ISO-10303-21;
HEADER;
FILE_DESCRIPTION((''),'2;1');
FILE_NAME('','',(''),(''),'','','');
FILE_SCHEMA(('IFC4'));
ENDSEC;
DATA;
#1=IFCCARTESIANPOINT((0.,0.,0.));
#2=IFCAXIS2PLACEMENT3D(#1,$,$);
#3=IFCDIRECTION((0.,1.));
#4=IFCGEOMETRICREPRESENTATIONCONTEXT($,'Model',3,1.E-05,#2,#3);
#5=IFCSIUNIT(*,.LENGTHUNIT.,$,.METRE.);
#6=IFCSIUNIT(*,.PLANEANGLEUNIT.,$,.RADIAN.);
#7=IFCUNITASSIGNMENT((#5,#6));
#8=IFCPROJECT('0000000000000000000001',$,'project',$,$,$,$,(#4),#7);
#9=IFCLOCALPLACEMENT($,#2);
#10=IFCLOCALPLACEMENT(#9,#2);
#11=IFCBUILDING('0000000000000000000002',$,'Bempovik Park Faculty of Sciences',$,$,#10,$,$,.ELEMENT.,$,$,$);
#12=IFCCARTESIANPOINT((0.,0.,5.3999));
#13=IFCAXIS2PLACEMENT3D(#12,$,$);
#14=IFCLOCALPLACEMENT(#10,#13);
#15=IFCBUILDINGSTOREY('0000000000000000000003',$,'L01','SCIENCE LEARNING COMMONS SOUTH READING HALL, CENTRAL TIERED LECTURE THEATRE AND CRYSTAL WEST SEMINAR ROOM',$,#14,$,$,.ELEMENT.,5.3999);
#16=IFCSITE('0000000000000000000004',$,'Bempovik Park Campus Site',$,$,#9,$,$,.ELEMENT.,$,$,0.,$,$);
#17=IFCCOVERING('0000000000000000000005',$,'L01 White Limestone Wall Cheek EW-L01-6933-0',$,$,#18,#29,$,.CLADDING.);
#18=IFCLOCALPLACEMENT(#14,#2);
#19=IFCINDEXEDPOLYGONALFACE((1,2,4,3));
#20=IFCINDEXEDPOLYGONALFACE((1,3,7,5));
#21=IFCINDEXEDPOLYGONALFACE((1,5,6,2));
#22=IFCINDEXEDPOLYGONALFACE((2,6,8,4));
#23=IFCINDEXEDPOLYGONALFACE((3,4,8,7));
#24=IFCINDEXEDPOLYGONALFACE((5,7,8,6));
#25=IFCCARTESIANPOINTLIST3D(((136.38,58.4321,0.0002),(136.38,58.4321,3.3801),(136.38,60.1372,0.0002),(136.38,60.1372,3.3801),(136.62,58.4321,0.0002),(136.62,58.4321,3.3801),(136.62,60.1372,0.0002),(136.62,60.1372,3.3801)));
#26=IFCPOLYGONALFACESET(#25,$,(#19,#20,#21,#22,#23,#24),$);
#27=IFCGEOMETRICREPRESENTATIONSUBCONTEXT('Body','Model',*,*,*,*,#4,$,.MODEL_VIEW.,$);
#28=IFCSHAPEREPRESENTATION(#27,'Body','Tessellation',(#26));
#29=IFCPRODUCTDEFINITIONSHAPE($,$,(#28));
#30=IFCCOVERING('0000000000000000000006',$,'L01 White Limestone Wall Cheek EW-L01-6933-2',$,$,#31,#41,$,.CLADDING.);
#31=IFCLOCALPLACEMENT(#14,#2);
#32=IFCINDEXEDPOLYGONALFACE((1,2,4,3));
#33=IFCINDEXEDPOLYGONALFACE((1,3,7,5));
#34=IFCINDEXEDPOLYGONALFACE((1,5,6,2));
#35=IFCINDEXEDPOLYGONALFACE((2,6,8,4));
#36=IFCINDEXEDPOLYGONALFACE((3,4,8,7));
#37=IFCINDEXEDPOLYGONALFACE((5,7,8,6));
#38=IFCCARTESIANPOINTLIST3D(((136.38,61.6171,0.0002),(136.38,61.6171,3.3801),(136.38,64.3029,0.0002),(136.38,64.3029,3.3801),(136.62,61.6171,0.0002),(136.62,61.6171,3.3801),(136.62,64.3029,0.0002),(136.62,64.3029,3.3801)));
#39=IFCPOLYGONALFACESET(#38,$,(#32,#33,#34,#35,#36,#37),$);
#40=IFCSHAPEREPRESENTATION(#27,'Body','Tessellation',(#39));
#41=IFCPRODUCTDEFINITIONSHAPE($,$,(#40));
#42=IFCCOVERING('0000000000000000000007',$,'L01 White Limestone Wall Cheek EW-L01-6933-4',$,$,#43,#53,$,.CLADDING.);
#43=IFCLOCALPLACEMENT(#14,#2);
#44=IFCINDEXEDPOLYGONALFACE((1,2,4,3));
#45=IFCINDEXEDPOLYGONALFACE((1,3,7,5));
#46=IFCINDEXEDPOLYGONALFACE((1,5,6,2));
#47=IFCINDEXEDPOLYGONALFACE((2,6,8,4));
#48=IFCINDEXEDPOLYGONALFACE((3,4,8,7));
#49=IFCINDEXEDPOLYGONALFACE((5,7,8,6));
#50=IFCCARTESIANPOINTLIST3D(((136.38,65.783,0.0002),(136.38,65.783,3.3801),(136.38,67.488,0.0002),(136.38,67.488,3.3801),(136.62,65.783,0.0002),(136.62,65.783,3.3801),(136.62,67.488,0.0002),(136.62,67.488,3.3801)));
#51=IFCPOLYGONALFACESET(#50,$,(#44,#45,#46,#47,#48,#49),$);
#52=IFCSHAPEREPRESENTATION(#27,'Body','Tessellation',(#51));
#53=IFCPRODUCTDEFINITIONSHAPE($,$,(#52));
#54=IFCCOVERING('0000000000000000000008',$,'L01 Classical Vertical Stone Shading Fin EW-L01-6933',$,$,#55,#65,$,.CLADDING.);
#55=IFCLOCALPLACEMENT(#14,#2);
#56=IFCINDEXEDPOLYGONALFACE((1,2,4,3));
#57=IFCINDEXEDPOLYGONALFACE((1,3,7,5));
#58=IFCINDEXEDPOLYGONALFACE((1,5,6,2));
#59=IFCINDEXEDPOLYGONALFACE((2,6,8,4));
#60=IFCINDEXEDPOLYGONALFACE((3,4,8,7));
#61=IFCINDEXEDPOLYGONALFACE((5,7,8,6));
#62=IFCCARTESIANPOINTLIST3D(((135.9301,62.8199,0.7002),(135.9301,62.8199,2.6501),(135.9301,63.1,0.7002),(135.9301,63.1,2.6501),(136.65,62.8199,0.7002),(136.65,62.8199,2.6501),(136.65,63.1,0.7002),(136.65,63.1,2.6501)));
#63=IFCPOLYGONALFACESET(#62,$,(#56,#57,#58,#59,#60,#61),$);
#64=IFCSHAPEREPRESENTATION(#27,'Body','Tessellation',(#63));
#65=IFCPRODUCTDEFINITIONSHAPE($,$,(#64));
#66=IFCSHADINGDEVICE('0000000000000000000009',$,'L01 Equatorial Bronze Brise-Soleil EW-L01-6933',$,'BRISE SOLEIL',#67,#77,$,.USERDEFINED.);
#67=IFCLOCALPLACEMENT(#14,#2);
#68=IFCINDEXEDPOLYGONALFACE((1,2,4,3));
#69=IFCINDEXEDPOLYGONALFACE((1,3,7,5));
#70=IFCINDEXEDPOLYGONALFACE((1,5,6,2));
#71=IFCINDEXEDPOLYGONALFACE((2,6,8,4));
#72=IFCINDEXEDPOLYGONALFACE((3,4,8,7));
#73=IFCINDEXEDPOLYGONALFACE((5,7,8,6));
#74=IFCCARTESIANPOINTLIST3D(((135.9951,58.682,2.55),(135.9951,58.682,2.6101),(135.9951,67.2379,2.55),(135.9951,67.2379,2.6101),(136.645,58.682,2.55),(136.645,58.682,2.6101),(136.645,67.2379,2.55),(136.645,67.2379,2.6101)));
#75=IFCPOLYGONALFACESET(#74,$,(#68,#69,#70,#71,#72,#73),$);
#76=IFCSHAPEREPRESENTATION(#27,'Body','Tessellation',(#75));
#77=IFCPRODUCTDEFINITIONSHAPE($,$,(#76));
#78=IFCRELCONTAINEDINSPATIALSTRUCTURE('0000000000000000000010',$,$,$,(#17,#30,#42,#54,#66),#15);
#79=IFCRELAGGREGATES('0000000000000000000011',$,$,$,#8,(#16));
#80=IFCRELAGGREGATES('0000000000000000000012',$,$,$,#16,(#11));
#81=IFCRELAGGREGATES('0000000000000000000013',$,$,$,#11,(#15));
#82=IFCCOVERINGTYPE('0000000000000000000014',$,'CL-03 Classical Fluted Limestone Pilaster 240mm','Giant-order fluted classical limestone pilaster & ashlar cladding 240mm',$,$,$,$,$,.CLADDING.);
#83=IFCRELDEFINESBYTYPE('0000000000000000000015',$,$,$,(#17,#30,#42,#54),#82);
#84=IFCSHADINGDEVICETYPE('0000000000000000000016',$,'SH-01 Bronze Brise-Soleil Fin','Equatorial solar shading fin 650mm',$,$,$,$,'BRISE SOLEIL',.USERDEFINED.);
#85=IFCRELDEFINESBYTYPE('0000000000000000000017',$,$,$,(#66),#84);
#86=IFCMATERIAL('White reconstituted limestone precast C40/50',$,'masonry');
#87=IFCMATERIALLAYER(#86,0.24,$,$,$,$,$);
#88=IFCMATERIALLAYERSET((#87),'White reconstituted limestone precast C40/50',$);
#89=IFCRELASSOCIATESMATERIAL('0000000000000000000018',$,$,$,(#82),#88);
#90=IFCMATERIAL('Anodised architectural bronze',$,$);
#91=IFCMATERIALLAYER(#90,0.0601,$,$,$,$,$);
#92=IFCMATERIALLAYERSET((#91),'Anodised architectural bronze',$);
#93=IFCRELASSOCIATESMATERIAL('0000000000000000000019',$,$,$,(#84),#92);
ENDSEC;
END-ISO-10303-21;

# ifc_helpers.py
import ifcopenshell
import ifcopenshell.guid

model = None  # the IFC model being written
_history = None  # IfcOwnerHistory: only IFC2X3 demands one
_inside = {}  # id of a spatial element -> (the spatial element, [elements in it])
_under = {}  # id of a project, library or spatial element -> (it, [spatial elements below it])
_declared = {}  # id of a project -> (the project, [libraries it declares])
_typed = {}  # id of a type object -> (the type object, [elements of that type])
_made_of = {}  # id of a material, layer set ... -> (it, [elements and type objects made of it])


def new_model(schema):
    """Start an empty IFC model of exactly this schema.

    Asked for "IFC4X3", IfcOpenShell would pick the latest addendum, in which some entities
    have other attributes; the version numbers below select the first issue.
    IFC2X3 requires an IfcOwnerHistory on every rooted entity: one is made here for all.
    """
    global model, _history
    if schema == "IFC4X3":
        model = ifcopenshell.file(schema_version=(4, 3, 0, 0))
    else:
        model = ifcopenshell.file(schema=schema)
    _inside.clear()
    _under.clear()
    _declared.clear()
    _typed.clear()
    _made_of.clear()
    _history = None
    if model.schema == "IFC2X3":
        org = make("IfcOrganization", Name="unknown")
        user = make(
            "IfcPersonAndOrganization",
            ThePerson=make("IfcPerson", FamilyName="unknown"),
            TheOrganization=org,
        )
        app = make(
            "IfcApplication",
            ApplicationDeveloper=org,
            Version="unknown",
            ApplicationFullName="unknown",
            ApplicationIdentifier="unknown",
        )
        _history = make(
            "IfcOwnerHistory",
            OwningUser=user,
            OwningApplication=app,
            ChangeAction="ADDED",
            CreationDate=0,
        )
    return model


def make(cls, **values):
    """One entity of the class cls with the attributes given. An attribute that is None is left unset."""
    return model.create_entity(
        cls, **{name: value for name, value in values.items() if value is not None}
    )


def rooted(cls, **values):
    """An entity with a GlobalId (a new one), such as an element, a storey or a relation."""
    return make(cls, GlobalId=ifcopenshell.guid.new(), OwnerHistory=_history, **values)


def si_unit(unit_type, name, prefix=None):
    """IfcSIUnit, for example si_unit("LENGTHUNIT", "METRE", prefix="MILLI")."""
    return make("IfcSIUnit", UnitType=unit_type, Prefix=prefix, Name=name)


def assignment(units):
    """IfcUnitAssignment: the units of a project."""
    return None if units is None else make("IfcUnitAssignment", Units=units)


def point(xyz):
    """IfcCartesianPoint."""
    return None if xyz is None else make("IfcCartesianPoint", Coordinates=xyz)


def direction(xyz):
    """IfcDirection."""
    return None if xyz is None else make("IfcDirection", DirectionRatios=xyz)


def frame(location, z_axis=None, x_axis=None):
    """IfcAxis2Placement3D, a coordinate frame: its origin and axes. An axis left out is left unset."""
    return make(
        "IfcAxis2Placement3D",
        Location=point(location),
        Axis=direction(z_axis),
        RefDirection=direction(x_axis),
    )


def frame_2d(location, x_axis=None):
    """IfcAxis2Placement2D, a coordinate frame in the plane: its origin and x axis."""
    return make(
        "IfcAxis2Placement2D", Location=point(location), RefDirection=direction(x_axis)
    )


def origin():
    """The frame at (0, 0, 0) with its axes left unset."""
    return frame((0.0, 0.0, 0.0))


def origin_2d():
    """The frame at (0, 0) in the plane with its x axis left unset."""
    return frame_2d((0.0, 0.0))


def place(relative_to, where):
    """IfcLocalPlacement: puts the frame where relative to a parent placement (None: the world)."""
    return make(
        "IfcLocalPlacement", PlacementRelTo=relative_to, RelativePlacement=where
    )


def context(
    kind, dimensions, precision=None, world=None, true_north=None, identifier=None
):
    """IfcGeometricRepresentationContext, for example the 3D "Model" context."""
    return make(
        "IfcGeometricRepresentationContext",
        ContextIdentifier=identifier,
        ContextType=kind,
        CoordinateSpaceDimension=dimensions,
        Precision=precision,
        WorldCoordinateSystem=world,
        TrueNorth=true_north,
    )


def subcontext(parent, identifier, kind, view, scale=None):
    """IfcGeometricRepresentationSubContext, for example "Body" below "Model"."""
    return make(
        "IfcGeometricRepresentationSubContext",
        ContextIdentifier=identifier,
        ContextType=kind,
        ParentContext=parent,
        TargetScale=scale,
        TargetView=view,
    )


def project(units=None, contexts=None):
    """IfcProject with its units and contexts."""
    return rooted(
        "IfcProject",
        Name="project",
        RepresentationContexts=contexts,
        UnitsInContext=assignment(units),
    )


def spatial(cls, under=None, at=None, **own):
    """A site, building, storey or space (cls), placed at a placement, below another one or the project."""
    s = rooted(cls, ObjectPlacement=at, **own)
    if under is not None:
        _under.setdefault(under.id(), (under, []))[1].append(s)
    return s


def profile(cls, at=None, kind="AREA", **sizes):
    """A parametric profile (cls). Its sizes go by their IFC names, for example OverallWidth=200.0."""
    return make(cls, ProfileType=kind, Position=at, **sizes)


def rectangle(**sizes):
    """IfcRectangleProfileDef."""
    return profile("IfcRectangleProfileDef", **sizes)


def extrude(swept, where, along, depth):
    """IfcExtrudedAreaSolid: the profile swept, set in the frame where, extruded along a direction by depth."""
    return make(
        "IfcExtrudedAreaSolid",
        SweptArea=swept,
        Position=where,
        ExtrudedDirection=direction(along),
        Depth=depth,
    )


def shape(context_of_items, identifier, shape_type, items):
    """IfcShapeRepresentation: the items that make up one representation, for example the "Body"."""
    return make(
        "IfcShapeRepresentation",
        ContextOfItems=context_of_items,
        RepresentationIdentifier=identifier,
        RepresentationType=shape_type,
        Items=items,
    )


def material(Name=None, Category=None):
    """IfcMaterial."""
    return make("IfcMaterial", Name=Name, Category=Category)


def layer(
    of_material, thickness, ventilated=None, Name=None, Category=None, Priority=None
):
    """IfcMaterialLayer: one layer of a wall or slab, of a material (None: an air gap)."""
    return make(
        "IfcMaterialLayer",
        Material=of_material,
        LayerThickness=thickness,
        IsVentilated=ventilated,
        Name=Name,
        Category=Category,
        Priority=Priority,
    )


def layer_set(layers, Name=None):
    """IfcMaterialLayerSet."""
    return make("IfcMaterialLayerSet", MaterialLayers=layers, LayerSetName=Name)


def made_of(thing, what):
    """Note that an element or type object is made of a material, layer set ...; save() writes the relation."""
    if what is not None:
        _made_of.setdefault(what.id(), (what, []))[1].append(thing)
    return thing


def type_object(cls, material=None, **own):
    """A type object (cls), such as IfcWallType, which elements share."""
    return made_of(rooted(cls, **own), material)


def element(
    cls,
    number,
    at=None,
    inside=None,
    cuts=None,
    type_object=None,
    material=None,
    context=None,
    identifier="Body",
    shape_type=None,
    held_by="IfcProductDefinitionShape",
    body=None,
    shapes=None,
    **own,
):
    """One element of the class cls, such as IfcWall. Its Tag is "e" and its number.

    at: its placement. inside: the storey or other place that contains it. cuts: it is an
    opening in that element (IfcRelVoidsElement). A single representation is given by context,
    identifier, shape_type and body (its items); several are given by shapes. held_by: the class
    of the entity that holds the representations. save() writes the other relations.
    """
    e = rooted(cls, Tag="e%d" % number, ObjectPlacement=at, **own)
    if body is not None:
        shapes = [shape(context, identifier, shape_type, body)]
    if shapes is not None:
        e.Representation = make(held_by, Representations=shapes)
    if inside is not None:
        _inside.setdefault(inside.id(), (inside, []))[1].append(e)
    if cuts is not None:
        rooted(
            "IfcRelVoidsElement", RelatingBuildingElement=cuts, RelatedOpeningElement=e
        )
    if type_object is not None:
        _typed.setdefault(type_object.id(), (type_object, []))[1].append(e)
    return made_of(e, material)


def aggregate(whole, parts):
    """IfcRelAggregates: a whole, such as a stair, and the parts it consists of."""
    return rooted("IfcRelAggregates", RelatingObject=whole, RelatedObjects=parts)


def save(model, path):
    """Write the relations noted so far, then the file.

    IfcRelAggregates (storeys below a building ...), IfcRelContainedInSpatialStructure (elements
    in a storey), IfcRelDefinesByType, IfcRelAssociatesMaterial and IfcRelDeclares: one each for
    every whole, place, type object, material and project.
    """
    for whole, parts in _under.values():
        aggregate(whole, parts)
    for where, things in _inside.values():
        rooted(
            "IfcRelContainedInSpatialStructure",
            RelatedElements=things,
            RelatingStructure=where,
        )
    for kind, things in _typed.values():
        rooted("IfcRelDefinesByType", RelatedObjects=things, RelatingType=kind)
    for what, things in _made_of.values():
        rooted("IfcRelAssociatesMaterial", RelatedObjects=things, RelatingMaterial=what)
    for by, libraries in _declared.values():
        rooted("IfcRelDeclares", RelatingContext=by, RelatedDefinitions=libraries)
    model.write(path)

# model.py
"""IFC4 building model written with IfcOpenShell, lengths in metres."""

from ifc_helpers import new_model, si_unit, direction, frame, origin, origin_2d, place, context, subcontext, project, spatial, rectangle, extrude, material, layer, layer_set, type_object, element, save


model = new_model("IFC4")

# Units and contexts
model_context = context("Model", 3, precision=1e-05, world=origin(), true_north=direction((0.0, 1.0)))
body_context = subcontext(model_context, "Body", "Model", "MODEL_VIEW")
ifc_project = project(units=[si_unit("LENGTHUNIT", "METRE"), si_unit("PLANEANGLEUNIT", "RADIAN")], contexts=[model_context])

# Site, building, storey
site_placement = place(None, origin())
site = spatial("IfcSite", under=ifc_project, at=site_placement, Name="Bempovik Park Campus Site", CompositionType="ELEMENT", RefElevation=0.0)
building_placement = place(site_placement, origin())
building = spatial("IfcBuilding", under=site, at=building_placement, Name="Bempovik Park Faculty of Sciences", CompositionType="ELEMENT")
storey_placement = place(building_placement, frame((0.0, 0.0, 5.3999)))
storey = spatial("IfcBuildingStorey", under=building, at=storey_placement, Name="L01", Description="SCIENCE LEARNING COMMONS SOUTH READING HALL, CENTRAL TIERED LECTURE THEATRE AND CRYSTAL WEST SEMINAR ROOM", CompositionType="ELEMENT", Elevation=5.3999)

# Shared definitions
ifc_material_1 = material(Name="Anodised architectural bronze")

# Coverings
ifc_material_2 = material(Name="White reconstituted limestone precast C40/50", Category="masonry")
ifc_layer_1 = layer(ifc_material_2, 0.24)
ifc_layer_set_1 = layer_set([ifc_layer_1], Name="White reconstituted limestone precast C40/50")
covering_type_1 = type_object("IfcCoveringType", Name="CL-03 Classical Fluted Limestone Pilaster 240mm", Description="Giant-order fluted classical limestone pilaster & ashlar cladding 240mm", PredefinedType="CLADDING", material=ifc_layer_set_1)
covering_1_placement = place(storey_placement, frame((136.5, 59.2847, 0.0002), z_axis=(0.0, 0.0, 1.0), x_axis=(1.0, 0.0, 0.0)))
element("IfcCovering", 1, at=covering_1_placement, inside=storey, type_object=covering_type_1, Name="L01 White Limestone Wall Cheek EW-L01-6933-0", PredefinedType="CLADDING", context=body_context, shape_type="SweptSolid", body=[
    extrude(rectangle(XDim=0.24, YDim=1.7051, at=origin_2d()), origin(), (0.0, 0.0, 1.0), 3.3799),
])
covering_2_placement = place(storey_placement, frame((136.5, 62.96, 0.0002), z_axis=(0.0, 0.0, 1.0), x_axis=(1.0, 0.0, 0.0)))
element("IfcCovering", 2, at=covering_2_placement, inside=storey, type_object=covering_type_1, Name="L01 White Limestone Wall Cheek EW-L01-6933-2", PredefinedType="CLADDING", context=body_context, shape_type="SweptSolid", body=[
    extrude(rectangle(XDim=0.24, YDim=2.6858, at=origin_2d()), origin(), (0.0, 0.0, 1.0), 3.3799),
])
covering_3_placement = place(storey_placement, frame((136.5, 66.6355, 0.0002), z_axis=(0.0, 0.0, 1.0), x_axis=(1.0, 0.0, 0.0)))
element("IfcCovering", 3, at=covering_3_placement, inside=storey, type_object=covering_type_1, Name="L01 White Limestone Wall Cheek EW-L01-6933-4", PredefinedType="CLADDING", context=body_context, shape_type="SweptSolid", body=[
    extrude(rectangle(XDim=0.24, YDim=1.7051, at=origin_2d()), origin(), (0.0, 0.0, 1.0), 3.3799),
])
covering_4_placement = place(storey_placement, frame((136.29, 62.96, 0.7002), z_axis=(0.0, 0.0, 1.0), x_axis=(1.0, 0.0, 0.0)))
element("IfcCovering", 4, at=covering_4_placement, inside=storey, type_object=covering_type_1, Name="L01 Classical Vertical Stone Shading Fin EW-L01-6933", PredefinedType="CLADDING", context=body_context, shape_type="SweptSolid", body=[
    extrude(rectangle(XDim=0.72, YDim=0.28, at=origin_2d()), origin(), (0.0, 0.0, 1.0), 1.95),
])

# Shading device
ifc_layer_2 = layer(ifc_material_1, 0.0601)
ifc_layer_set_2 = layer_set([ifc_layer_2], Name="Anodised architectural bronze")
shading_device_type = type_object("IfcShadingDeviceType", Name="SH-01 Bronze Brise-Soleil Fin", Description="Equatorial solar shading fin 650mm", ElementType="BRISE SOLEIL", PredefinedType="USERDEFINED", material=ifc_layer_set_2)
shading_device_placement = place(storey_placement, frame((136.3201, 62.96, 2.55), z_axis=(0.0, 0.0, 1.0), x_axis=(1.0, 0.0, 0.0)))
element("IfcShadingDevice", 5, at=shading_device_placement, inside=storey, type_object=shading_device_type, Name="L01 Equatorial Bronze Brise-Soleil EW-L01-6933", ObjectType="BRISE SOLEIL", PredefinedType="USERDEFINED", context=body_context, shape_type="SweptSolid", body=[
    extrude(rectangle(XDim=0.6499, YDim=8.5559, at=origin_2d()), origin(), (0.0, 0.0, 1.0), 0.0601),
])

save(model, "model.ifc")
